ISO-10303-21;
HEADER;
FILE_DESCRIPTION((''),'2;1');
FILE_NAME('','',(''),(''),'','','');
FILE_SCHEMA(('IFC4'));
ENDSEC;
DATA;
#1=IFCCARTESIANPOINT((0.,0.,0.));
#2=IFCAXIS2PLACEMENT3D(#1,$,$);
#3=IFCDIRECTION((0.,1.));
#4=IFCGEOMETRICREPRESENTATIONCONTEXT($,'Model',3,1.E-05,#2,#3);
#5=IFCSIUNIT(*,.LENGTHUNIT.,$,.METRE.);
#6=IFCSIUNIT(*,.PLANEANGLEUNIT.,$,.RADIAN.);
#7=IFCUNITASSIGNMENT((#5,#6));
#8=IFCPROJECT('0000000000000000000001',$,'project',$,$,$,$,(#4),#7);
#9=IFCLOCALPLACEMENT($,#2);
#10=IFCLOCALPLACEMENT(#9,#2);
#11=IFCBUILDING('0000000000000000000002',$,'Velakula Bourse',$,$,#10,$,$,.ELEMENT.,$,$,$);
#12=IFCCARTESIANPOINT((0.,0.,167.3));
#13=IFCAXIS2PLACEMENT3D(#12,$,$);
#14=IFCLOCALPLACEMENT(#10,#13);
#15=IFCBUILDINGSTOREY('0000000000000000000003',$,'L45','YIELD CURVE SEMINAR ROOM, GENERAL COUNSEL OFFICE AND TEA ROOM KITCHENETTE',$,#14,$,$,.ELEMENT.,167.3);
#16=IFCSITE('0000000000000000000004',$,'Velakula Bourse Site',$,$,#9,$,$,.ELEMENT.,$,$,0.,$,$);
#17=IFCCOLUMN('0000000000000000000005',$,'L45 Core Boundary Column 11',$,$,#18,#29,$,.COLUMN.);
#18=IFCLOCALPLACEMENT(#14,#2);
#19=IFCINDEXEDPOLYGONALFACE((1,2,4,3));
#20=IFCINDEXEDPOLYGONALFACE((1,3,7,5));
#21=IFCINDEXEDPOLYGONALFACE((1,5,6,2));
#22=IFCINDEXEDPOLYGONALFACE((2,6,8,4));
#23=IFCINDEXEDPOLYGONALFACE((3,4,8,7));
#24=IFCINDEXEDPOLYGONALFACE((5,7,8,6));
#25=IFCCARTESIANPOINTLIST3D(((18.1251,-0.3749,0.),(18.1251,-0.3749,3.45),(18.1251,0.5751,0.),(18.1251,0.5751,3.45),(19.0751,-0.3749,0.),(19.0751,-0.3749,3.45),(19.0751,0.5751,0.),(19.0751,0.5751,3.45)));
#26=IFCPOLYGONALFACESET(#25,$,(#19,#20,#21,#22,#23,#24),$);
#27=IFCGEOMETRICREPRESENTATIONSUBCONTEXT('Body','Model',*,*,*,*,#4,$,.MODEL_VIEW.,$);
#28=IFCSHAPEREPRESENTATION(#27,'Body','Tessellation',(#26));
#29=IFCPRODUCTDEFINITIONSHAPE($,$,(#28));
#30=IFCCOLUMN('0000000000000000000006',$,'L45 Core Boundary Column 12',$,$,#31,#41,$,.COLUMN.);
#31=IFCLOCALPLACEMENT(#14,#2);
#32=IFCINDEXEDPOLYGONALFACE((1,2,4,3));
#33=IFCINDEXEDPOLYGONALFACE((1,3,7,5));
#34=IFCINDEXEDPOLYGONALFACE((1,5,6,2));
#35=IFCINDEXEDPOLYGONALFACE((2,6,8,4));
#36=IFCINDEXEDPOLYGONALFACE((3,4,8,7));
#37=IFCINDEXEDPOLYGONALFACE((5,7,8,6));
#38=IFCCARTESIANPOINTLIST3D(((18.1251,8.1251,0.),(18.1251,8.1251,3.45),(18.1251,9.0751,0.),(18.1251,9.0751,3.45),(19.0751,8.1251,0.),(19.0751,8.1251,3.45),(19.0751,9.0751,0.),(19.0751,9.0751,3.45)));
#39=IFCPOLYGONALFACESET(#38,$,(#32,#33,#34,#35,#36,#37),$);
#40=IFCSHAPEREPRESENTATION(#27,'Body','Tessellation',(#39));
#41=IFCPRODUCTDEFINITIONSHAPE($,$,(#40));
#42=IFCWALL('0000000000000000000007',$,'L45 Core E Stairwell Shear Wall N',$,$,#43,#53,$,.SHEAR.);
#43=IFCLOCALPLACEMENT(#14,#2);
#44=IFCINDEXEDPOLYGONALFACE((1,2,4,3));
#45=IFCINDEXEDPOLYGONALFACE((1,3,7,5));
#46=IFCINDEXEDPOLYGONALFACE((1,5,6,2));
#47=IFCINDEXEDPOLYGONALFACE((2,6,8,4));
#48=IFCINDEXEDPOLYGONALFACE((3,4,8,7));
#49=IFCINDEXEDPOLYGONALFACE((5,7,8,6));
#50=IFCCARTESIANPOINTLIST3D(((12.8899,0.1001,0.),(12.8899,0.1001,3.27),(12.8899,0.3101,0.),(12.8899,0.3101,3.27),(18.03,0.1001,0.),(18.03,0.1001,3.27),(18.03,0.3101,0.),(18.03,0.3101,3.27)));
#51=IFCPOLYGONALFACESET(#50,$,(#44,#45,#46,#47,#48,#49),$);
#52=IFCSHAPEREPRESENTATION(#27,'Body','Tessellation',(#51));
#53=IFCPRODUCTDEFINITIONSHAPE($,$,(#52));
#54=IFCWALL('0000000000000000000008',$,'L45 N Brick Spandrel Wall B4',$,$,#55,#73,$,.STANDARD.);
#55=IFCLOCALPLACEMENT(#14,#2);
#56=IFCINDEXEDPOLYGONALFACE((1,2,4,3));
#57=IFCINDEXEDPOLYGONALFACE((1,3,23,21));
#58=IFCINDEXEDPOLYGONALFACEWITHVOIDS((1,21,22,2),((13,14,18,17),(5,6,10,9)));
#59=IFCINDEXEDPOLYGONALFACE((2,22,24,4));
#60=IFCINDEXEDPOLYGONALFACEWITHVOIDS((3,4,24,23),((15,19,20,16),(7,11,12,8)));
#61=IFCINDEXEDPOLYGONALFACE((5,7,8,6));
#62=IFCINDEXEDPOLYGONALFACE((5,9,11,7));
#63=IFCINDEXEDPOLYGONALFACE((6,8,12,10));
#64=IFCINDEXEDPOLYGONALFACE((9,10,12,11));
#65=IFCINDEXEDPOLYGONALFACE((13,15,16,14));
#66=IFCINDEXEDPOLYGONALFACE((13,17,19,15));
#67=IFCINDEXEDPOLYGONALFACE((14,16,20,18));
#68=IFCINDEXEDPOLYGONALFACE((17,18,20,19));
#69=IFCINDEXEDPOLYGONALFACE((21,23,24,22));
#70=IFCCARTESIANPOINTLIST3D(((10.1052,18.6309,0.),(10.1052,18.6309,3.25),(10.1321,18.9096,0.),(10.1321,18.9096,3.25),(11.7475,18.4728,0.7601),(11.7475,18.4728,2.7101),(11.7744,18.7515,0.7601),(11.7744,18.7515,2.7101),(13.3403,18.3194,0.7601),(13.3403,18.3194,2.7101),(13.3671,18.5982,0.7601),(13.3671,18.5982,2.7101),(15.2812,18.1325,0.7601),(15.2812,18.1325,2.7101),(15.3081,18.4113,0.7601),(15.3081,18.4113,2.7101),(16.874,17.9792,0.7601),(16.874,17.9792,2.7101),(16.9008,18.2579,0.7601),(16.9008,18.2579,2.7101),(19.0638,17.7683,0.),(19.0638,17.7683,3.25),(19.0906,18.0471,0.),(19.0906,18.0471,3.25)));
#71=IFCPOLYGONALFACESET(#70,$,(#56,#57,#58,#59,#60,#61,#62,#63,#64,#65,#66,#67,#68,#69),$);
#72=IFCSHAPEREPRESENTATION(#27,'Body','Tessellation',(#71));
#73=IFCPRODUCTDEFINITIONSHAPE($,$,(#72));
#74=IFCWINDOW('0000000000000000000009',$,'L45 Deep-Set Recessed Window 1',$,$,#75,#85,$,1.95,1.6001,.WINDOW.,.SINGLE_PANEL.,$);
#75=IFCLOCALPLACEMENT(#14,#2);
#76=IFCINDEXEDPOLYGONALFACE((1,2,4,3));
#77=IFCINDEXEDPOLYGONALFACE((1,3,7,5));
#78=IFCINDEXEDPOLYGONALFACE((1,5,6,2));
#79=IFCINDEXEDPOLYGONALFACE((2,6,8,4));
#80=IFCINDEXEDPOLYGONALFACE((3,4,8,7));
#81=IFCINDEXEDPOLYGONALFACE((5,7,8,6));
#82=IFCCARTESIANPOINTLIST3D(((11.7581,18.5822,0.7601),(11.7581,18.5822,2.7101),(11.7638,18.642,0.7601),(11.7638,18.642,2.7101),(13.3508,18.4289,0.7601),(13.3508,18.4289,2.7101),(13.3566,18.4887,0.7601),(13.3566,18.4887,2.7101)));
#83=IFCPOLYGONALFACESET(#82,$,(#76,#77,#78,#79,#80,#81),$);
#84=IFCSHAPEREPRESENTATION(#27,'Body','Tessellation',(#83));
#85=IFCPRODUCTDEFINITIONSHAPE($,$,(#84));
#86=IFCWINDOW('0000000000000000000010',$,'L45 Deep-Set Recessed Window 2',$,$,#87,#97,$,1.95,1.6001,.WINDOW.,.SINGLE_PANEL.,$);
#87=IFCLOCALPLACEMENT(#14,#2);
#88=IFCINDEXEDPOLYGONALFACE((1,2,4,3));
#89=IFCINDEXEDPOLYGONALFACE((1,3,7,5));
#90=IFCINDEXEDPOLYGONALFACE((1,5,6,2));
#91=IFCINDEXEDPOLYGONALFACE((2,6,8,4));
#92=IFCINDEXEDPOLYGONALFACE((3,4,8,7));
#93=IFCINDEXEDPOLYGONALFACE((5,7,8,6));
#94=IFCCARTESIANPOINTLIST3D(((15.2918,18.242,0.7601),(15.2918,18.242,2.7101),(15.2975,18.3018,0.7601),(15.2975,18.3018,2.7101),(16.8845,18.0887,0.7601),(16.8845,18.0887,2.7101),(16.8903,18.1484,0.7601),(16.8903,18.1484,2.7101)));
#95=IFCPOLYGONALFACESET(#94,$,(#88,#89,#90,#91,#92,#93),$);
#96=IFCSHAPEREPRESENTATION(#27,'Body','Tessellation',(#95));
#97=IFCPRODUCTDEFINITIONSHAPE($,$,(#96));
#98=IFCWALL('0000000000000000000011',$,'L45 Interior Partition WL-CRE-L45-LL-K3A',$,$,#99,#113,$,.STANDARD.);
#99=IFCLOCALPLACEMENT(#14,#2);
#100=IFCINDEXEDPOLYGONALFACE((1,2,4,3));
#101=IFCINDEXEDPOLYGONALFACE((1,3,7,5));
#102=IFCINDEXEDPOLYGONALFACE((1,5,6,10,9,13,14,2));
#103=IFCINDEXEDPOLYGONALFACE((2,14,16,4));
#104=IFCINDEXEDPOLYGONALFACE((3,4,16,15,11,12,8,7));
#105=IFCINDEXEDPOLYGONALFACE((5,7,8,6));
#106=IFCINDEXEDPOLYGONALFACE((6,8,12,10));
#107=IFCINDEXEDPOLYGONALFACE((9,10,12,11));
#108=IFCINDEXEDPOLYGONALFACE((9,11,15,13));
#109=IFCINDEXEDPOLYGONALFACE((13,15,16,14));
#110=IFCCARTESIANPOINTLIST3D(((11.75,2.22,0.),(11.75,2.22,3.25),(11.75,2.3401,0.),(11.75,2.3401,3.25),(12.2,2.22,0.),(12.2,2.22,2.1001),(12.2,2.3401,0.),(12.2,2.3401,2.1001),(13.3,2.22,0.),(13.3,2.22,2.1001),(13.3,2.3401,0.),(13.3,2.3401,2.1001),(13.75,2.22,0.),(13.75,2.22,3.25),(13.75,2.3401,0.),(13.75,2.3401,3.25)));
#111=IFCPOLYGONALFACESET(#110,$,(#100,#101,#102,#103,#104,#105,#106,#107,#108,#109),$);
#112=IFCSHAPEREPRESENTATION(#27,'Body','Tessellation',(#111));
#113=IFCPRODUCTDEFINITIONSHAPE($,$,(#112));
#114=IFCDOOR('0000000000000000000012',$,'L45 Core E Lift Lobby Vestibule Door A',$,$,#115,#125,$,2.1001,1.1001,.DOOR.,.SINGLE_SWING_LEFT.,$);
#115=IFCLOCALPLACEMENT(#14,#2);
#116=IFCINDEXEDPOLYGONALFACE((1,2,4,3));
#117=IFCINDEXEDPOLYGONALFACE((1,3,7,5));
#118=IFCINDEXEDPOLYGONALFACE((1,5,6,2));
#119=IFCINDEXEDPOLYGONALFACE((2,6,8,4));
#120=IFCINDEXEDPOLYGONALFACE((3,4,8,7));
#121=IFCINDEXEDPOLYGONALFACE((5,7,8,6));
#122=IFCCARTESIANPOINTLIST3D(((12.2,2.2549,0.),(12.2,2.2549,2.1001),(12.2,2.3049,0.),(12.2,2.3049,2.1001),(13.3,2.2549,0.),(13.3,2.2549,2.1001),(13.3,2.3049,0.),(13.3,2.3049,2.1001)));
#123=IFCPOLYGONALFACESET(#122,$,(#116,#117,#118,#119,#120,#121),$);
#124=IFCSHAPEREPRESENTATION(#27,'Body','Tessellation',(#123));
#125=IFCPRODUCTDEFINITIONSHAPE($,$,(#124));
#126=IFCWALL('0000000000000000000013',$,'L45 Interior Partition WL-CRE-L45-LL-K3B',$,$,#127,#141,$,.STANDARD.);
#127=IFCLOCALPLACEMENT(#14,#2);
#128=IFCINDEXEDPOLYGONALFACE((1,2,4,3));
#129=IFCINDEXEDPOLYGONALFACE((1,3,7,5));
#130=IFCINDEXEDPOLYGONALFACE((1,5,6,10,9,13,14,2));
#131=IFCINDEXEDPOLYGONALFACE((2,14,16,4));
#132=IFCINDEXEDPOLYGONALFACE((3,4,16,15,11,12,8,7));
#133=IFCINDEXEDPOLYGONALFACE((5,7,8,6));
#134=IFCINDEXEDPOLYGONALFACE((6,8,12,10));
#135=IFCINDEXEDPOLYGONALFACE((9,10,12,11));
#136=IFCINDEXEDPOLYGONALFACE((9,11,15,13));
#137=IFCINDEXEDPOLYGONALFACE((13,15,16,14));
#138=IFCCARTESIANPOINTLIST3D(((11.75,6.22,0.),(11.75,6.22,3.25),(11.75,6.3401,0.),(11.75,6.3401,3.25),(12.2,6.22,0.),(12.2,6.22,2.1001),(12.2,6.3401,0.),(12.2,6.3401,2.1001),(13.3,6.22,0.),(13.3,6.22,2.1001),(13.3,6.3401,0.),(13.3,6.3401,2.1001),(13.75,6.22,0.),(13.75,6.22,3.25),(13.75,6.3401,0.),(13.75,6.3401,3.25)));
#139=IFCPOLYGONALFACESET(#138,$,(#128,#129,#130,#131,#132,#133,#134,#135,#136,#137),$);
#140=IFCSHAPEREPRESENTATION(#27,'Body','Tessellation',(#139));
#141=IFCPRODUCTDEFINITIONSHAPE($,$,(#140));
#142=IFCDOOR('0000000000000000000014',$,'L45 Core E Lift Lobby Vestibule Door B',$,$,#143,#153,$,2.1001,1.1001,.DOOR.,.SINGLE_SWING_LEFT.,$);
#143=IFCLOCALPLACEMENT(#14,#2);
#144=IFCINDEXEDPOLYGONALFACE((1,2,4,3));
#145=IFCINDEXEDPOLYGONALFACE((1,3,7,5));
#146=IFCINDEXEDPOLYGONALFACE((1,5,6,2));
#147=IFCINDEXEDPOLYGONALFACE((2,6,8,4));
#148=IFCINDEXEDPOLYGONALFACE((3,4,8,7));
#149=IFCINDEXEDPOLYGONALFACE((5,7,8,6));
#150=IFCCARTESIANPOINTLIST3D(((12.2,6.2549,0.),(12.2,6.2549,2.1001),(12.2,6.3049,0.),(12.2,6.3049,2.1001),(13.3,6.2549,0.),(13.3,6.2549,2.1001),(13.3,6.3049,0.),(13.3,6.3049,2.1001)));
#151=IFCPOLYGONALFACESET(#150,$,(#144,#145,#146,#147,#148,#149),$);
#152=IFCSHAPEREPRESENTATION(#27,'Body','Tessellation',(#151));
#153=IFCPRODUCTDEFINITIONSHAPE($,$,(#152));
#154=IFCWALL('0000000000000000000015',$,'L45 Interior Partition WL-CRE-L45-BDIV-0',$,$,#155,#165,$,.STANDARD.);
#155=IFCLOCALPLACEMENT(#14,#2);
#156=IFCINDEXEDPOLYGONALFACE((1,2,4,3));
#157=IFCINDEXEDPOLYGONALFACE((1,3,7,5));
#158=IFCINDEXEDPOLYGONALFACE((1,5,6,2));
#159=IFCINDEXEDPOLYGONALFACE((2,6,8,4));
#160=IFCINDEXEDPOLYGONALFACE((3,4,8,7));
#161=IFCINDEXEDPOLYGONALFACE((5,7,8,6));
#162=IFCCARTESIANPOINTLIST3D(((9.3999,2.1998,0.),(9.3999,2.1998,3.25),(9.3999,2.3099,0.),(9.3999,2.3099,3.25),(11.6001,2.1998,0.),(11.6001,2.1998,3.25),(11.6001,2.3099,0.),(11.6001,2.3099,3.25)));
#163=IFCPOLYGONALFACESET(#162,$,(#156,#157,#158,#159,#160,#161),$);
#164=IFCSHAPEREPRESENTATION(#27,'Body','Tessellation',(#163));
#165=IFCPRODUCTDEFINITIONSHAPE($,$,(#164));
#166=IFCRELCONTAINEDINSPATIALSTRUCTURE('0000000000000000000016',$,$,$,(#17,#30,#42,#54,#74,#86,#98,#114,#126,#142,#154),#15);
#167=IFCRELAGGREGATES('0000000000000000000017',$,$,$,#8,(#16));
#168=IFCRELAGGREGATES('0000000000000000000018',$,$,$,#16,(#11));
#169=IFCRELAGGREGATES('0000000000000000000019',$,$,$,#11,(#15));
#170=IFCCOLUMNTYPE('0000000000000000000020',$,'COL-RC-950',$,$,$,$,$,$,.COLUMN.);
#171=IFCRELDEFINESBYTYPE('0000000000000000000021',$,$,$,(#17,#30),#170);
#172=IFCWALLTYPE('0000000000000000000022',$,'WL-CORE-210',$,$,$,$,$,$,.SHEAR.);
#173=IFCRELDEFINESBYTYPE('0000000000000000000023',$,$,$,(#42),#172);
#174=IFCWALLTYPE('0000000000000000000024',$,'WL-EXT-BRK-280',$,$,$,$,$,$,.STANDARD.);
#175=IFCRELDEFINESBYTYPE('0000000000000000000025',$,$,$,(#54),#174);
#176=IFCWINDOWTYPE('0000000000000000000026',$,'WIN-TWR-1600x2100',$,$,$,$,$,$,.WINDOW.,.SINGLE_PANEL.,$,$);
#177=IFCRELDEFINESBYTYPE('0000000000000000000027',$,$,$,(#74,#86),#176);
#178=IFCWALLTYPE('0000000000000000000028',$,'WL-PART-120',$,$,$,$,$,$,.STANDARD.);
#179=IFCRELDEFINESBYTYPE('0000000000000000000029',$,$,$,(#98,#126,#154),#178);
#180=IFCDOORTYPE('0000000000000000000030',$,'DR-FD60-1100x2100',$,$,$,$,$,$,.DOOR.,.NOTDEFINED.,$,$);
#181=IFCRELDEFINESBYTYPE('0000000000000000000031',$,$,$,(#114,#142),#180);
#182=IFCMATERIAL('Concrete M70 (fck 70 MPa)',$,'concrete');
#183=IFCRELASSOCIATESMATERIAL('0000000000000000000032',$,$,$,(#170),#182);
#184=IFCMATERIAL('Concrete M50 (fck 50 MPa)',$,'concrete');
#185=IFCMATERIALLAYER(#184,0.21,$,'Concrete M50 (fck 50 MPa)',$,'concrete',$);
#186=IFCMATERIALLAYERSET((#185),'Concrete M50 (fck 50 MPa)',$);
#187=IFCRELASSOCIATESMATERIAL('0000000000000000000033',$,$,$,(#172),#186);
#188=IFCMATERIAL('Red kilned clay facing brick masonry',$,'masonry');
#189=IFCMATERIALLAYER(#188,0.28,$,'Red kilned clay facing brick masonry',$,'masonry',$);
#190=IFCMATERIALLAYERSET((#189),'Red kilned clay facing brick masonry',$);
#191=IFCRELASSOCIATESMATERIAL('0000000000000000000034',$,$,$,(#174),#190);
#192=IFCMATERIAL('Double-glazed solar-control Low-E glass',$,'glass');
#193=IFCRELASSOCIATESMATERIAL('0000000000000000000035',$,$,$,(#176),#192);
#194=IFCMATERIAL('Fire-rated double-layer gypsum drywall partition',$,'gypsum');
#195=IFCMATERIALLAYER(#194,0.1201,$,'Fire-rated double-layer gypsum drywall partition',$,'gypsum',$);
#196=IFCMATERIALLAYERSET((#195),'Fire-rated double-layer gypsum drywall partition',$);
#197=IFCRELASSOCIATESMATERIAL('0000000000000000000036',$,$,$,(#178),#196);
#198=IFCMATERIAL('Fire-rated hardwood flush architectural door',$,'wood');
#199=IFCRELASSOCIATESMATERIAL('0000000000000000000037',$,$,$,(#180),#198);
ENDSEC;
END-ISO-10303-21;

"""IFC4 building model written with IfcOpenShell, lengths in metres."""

from ifc_helpers import new_model, si_unit, direction, frame, frame_2d, origin, origin_2d, place, context, subcontext, project, spatial, rectangle, extrude, material, layer, layer_set, material_profile, profile_set, type_object, element, fill, save


model = new_model("IFC4")

# Units and contexts
model_context = context("Model", 3, precision=1e-05, world=origin(), true_north=direction((0.0, 1.0)))
body_context = subcontext(model_context, "Body", "Model", "MODEL_VIEW")
ifc_project = project(units=[si_unit("LENGTHUNIT", "METRE"), si_unit("PLANEANGLEUNIT", "RADIAN")], contexts=[model_context])

# Site, building, storey
site_placement = place(None, origin())
site = spatial("IfcSite", under=ifc_project, at=site_placement, Name="Velakula Bourse Site", CompositionType="ELEMENT", RefElevation=0.0)
building_placement = place(site_placement, origin())
building = spatial("IfcBuilding", under=site, at=building_placement, Name="Velakula Bourse", CompositionType="ELEMENT")
storey_placement = place(building_placement, frame((0.0, 0.0, 167.3)))
storey = spatial("IfcBuildingStorey", under=building, at=storey_placement, Name="L45", Description="YIELD CURVE SEMINAR ROOM, GENERAL COUNSEL OFFICE AND TEA ROOM KITCHENETTE", CompositionType="ELEMENT", Elevation=167.3)

# Columns
ifc_material_1 = material(Name="Concrete M70 (fck 70 MPa)", Category="concrete")
ifc_material_profile = material_profile(ifc_material_1, rectangle(XDim=0.95, YDim=0.95, at=origin_2d()), Name="Concrete M70 (fck 70 MPa)")
ifc_profile_set = profile_set([ifc_material_profile], Name="Concrete M70 (fck 70 MPa)")
column_type = type_object("IfcColumnType", Name="COL-RC-950", PredefinedType="COLUMN", material=ifc_profile_set)
for number, where, z_axis, x_axis, name in (
    (1, (18.6001, 0.1001, 0.0), (0.0, 0.0, 1.0), (1.0, 0.0, 0.0), "L45 Core Boundary Column 11"),
    (2, (18.6001, 8.6001, 0.0), (0.0, 0.0, 1.0), (1.0, 0.0, 0.0), "L45 Core Boundary Column 12"),
):
    element("IfcColumn", number, at=place(storey_placement, frame(where, z_axis=z_axis, x_axis=x_axis)), inside=storey, type_object=column_type, Name=name, PredefinedType="COLUMN", context=body_context, shape_type="SweptSolid", body=[
        extrude(rectangle(XDim=0.95, YDim=0.95, at=origin_2d()), origin(), (0.0, 0.0, 1.0), 3.45),
    ])

# Wall
ifc_material_2 = material(Name="Concrete M50 (fck 50 MPa)", Category="concrete")
ifc_layer_1 = layer(ifc_material_2, 0.21, Name="Concrete M50 (fck 50 MPa)", Category="concrete")
ifc_layer_set_1 = layer_set([ifc_layer_1], Name="Concrete M50 (fck 50 MPa)")
wall_type_1 = type_object("IfcWallType", Name="WL-CORE-210", PredefinedType="SHEAR", material=ifc_layer_set_1)
wall_1_placement = place(storey_placement, frame((18.03, 0.2051, 0.0), z_axis=(0.0, 0.0, 1.0), x_axis=(-1.0, 0.0, 0.0)))
element("IfcWall", 3, at=wall_1_placement, inside=storey, type_object=wall_type_1, Name="L45 Core E Stairwell Shear Wall N", PredefinedType="SHEAR", context=body_context, shape_type="SweptSolid", body=[
    extrude(rectangle(XDim=5.1401, YDim=0.21, at=frame_2d((2.5701, 0.0))), origin(), (0.0, 0.0, 1.0), 3.27),
])

# Wall, openings, windows
ifc_material_3 = material(Name="Red kilned clay facing brick masonry", Category="masonry")
ifc_layer_2 = layer(ifc_material_3, 0.28, Name="Red kilned clay facing brick masonry", Category="masonry")
ifc_layer_set_2 = layer_set([ifc_layer_2], Name="Red kilned clay facing brick masonry")
wall_type_2 = type_object("IfcWallType", Name="WL-EXT-BRK-280", PredefinedType="STANDARD", material=ifc_layer_set_2)
wall_2_placement = place(storey_placement, frame((10.1187, 18.7703, 0.0), z_axis=(0.0, 0.0, 1.0), x_axis=(0.995397, -0.09584, 0.0)))
wall_2 = element("IfcWall", 4, at=wall_2_placement, inside=storey, type_object=wall_type_2, Name="L45 N Brick Spandrel Wall B4", PredefinedType="STANDARD", context=body_context, shape_type="SweptSolid", body=[
    extrude(rectangle(XDim=9.0, YDim=0.28, at=frame_2d((4.5, 0.0))), origin(), (0.0, 0.0, 1.0), 3.25),
])
opening_1_placement = place(wall_2_placement, frame((1.6499, 0.0, 0.76)))
opening_1 = element("IfcOpeningElement", 5, at=opening_1_placement, cuts=wall_2, PredefinedType="OPENING", context=body_context, shape_type="SweptSolid", body=[
    extrude(rectangle(XDim=1.6001, YDim=1.95, at=frame_2d((0.8, 0.9751))), frame((0.0, 0.1499, 0.0), z_axis=(0.0, -1.0, 0.0), x_axis=(1.0, 0.0, 0.0)), (0.0, 0.0, 1.0), 0.3),
])
opening_2_placement = place(wall_2_placement, frame((5.2, 0.0, 0.76)))
opening_2 = element("IfcOpeningElement", 6, at=opening_2_placement, cuts=wall_2, PredefinedType="OPENING", context=body_context, shape_type="SweptSolid", body=[
    extrude(rectangle(XDim=1.6001, YDim=1.95, at=frame_2d((0.8, 0.9751))), frame((0.0, 0.1499, 0.0), z_axis=(0.0, -1.0, 0.0), x_axis=(1.0, 0.0, 0.0)), (0.0, 0.0, 1.0), 0.3),
])
ifc_material_4 = material(Name="Double-glazed solar-control Low-E glass", Category="glass")
window_type = type_object("IfcWindowType", Name="WIN-TWR-1600x2100", PartitioningType="SINGLE_PANEL", PredefinedType="WINDOW", material=ifc_material_4)
window_1_placement = place(opening_1_placement, origin())
window_1 = element("IfcWindow", 7, at=window_1_placement, inside=storey, type_object=window_type, Name="L45 Deep-Set Recessed Window 1", OverallHeight=1.95, OverallWidth=1.6001, PartitioningType="SINGLE_PANEL", PredefinedType="WINDOW", context=body_context, shape_type="SweptSolid", body=[
    extrude(rectangle(XDim=1.6001, YDim=1.95, at=frame_2d((0.8, 0.9751))), frame((0.0, 0.03, 0.0), z_axis=(0.0, -1.0, 0.0), x_axis=(1.0, 0.0, 0.0)), (0.0, 0.0, 1.0), 0.0601),
])
fill(opening_1, window_1)
window_2_placement = place(opening_2_placement, origin())
window_2 = element("IfcWindow", 8, at=window_2_placement, inside=storey, type_object=window_type, Name="L45 Deep-Set Recessed Window 2", OverallHeight=1.95, OverallWidth=1.6001, PartitioningType="SINGLE_PANEL", PredefinedType="WINDOW", context=body_context, shape_type="SweptSolid", body=[
    extrude(rectangle(XDim=1.6001, YDim=1.95, at=frame_2d((0.8, 0.9751))), frame((0.0, 0.03, 0.0), z_axis=(0.0, -1.0, 0.0), x_axis=(1.0, 0.0, 0.0)), (0.0, 0.0, 1.0), 0.0601),
])
fill(opening_2, window_2)

# Walls, openings, doors
ifc_material_5 = material(Name="Fire-rated double-layer gypsum drywall partition", Category="gypsum")
ifc_layer_3 = layer(ifc_material_5, 0.1201, Name="Fire-rated double-layer gypsum drywall partition", Category="gypsum")
ifc_layer_set_3 = layer_set([ifc_layer_3], Name="Fire-rated double-layer gypsum drywall partition")
wall_type_3 = type_object("IfcWallType", Name="WL-PART-120", PredefinedType="STANDARD", material=ifc_layer_set_3)
wall_3_placement = place(storey_placement, frame((11.75, 2.28, 0.0), z_axis=(0.0, 0.0, 1.0), x_axis=(1.0, 0.0, 0.0)))
wall_3 = element("IfcWall", 9, at=wall_3_placement, inside=storey, type_object=wall_type_3, Name="L45 Interior Partition WL-CRE-L45-LL-K3A", PredefinedType="STANDARD", context=body_context, shape_type="SweptSolid", body=[
    extrude(rectangle(XDim=2.0, YDim=0.1201, at=frame_2d((1.0, 0.0))), origin(), (0.0, 0.0, 1.0), 3.25),
])
opening_3_placement = place(wall_3_placement, frame((0.45, 0.0, 0.0)))
opening_3 = element("IfcOpeningElement", 10, at=opening_3_placement, cuts=wall_3, PredefinedType="OPENING", context=body_context, shape_type="SweptSolid", body=[
    extrude(rectangle(XDim=1.1001, YDim=2.1001, at=frame_2d((0.55, 1.05))), frame((0.0, 0.0701, 0.0), z_axis=(0.0, -1.0, 0.0), x_axis=(1.0, 0.0, 0.0)), (0.0, 0.0, 1.0), 0.1401),
])
ifc_material_6 = material(Name="Fire-rated hardwood flush architectural door", Category="wood")
door_type_1 = type_object("IfcDoorType", Name="DR-FD60-1100x2100", OperationType="NOTDEFINED", PredefinedType="DOOR", material=ifc_material_6)
door_1_placement = place(opening_3_placement, origin())
door_1 = element("IfcDoor", 11, at=door_1_placement, inside=storey, type_object=door_type_1, Name="L45 Core E Lift Lobby Vestibule Door A", OperationType="SINGLE_SWING_LEFT", OverallHeight=2.1001, OverallWidth=1.1001, PredefinedType="DOOR", context=body_context, shape_type="SweptSolid", body=[
    extrude(rectangle(XDim=1.1001, YDim=2.1001, at=frame_2d((0.55, 1.05))), frame((0.0, 0.0249, 0.0), z_axis=(0.0, -1.0, 0.0), x_axis=(1.0, 0.0, 0.0)), (0.0, 0.0, 1.0), 0.05),
])
fill(opening_3, door_1)
wall_4_placement = place(storey_placement, frame((11.75, 6.28, 0.0), z_axis=(0.0, 0.0, 1.0), x_axis=(1.0, 0.0, 0.0)))
wall_4 = element("IfcWall", 12, at=wall_4_placement, inside=storey, type_object=wall_type_3, Name="L45 Interior Partition WL-CRE-L45-LL-K3B", PredefinedType="STANDARD", context=body_context, shape_type="SweptSolid", body=[
    extrude(rectangle(XDim=2.0, YDim=0.1201, at=frame_2d((1.0, 0.0))), origin(), (0.0, 0.0, 1.0), 3.25),
])
opening_4_placement = place(wall_4_placement, frame((0.45, 0.0, 0.0)))
opening_4 = element("IfcOpeningElement", 13, at=opening_4_placement, cuts=wall_4, PredefinedType="OPENING", context=body_context, shape_type="SweptSolid", body=[
    extrude(rectangle(XDim=1.1001, YDim=2.1001, at=frame_2d((0.55, 1.05))), frame((0.0, 0.0701, 0.0), z_axis=(0.0, -1.0, 0.0), x_axis=(1.0, 0.0, 0.0)), (0.0, 0.0, 1.0), 0.1401),
])
door_2_placement = place(opening_4_placement, origin())
door_2 = element("IfcDoor", 14, at=door_2_placement, inside=storey, type_object=door_type_1, Name="L45 Core E Lift Lobby Vestibule Door B", OperationType="SINGLE_SWING_LEFT", OverallHeight=2.1001, OverallWidth=1.1001, PredefinedType="DOOR", context=body_context, shape_type="SweptSolid", body=[
    extrude(rectangle(XDim=1.1001, YDim=2.1001, at=frame_2d((0.55, 1.05))), frame((0.0, 0.0249, 0.0), z_axis=(0.0, -1.0, 0.0), x_axis=(1.0, 0.0, 0.0)), (0.0, 0.0, 1.0), 0.05),
])
fill(opening_4, door_2)

# Wall
for number, where, z_axis, x_axis, name in (
    (15, (9.3999, 2.2549, 0.0), (0.0, 0.0, 1.0), (1.0, 0.0, 0.0), "L45 Interior Partition WL-CRE-L45-BDIV-0"),
):
    element("IfcWall", number, at=place(storey_placement, frame(where, z_axis=z_axis, x_axis=x_axis)), inside=storey, type_object=wall_type_3, Name=name, PredefinedType="STANDARD", context=body_context, shape_type="SweptSolid", body=[
        extrude(rectangle(XDim=2.2002, YDim=0.1101, at=frame_2d((1.1001, 0.0))), origin(), (0.0, 0.0, 1.0), 3.25),
    ])

save(model, "model.ifc")
